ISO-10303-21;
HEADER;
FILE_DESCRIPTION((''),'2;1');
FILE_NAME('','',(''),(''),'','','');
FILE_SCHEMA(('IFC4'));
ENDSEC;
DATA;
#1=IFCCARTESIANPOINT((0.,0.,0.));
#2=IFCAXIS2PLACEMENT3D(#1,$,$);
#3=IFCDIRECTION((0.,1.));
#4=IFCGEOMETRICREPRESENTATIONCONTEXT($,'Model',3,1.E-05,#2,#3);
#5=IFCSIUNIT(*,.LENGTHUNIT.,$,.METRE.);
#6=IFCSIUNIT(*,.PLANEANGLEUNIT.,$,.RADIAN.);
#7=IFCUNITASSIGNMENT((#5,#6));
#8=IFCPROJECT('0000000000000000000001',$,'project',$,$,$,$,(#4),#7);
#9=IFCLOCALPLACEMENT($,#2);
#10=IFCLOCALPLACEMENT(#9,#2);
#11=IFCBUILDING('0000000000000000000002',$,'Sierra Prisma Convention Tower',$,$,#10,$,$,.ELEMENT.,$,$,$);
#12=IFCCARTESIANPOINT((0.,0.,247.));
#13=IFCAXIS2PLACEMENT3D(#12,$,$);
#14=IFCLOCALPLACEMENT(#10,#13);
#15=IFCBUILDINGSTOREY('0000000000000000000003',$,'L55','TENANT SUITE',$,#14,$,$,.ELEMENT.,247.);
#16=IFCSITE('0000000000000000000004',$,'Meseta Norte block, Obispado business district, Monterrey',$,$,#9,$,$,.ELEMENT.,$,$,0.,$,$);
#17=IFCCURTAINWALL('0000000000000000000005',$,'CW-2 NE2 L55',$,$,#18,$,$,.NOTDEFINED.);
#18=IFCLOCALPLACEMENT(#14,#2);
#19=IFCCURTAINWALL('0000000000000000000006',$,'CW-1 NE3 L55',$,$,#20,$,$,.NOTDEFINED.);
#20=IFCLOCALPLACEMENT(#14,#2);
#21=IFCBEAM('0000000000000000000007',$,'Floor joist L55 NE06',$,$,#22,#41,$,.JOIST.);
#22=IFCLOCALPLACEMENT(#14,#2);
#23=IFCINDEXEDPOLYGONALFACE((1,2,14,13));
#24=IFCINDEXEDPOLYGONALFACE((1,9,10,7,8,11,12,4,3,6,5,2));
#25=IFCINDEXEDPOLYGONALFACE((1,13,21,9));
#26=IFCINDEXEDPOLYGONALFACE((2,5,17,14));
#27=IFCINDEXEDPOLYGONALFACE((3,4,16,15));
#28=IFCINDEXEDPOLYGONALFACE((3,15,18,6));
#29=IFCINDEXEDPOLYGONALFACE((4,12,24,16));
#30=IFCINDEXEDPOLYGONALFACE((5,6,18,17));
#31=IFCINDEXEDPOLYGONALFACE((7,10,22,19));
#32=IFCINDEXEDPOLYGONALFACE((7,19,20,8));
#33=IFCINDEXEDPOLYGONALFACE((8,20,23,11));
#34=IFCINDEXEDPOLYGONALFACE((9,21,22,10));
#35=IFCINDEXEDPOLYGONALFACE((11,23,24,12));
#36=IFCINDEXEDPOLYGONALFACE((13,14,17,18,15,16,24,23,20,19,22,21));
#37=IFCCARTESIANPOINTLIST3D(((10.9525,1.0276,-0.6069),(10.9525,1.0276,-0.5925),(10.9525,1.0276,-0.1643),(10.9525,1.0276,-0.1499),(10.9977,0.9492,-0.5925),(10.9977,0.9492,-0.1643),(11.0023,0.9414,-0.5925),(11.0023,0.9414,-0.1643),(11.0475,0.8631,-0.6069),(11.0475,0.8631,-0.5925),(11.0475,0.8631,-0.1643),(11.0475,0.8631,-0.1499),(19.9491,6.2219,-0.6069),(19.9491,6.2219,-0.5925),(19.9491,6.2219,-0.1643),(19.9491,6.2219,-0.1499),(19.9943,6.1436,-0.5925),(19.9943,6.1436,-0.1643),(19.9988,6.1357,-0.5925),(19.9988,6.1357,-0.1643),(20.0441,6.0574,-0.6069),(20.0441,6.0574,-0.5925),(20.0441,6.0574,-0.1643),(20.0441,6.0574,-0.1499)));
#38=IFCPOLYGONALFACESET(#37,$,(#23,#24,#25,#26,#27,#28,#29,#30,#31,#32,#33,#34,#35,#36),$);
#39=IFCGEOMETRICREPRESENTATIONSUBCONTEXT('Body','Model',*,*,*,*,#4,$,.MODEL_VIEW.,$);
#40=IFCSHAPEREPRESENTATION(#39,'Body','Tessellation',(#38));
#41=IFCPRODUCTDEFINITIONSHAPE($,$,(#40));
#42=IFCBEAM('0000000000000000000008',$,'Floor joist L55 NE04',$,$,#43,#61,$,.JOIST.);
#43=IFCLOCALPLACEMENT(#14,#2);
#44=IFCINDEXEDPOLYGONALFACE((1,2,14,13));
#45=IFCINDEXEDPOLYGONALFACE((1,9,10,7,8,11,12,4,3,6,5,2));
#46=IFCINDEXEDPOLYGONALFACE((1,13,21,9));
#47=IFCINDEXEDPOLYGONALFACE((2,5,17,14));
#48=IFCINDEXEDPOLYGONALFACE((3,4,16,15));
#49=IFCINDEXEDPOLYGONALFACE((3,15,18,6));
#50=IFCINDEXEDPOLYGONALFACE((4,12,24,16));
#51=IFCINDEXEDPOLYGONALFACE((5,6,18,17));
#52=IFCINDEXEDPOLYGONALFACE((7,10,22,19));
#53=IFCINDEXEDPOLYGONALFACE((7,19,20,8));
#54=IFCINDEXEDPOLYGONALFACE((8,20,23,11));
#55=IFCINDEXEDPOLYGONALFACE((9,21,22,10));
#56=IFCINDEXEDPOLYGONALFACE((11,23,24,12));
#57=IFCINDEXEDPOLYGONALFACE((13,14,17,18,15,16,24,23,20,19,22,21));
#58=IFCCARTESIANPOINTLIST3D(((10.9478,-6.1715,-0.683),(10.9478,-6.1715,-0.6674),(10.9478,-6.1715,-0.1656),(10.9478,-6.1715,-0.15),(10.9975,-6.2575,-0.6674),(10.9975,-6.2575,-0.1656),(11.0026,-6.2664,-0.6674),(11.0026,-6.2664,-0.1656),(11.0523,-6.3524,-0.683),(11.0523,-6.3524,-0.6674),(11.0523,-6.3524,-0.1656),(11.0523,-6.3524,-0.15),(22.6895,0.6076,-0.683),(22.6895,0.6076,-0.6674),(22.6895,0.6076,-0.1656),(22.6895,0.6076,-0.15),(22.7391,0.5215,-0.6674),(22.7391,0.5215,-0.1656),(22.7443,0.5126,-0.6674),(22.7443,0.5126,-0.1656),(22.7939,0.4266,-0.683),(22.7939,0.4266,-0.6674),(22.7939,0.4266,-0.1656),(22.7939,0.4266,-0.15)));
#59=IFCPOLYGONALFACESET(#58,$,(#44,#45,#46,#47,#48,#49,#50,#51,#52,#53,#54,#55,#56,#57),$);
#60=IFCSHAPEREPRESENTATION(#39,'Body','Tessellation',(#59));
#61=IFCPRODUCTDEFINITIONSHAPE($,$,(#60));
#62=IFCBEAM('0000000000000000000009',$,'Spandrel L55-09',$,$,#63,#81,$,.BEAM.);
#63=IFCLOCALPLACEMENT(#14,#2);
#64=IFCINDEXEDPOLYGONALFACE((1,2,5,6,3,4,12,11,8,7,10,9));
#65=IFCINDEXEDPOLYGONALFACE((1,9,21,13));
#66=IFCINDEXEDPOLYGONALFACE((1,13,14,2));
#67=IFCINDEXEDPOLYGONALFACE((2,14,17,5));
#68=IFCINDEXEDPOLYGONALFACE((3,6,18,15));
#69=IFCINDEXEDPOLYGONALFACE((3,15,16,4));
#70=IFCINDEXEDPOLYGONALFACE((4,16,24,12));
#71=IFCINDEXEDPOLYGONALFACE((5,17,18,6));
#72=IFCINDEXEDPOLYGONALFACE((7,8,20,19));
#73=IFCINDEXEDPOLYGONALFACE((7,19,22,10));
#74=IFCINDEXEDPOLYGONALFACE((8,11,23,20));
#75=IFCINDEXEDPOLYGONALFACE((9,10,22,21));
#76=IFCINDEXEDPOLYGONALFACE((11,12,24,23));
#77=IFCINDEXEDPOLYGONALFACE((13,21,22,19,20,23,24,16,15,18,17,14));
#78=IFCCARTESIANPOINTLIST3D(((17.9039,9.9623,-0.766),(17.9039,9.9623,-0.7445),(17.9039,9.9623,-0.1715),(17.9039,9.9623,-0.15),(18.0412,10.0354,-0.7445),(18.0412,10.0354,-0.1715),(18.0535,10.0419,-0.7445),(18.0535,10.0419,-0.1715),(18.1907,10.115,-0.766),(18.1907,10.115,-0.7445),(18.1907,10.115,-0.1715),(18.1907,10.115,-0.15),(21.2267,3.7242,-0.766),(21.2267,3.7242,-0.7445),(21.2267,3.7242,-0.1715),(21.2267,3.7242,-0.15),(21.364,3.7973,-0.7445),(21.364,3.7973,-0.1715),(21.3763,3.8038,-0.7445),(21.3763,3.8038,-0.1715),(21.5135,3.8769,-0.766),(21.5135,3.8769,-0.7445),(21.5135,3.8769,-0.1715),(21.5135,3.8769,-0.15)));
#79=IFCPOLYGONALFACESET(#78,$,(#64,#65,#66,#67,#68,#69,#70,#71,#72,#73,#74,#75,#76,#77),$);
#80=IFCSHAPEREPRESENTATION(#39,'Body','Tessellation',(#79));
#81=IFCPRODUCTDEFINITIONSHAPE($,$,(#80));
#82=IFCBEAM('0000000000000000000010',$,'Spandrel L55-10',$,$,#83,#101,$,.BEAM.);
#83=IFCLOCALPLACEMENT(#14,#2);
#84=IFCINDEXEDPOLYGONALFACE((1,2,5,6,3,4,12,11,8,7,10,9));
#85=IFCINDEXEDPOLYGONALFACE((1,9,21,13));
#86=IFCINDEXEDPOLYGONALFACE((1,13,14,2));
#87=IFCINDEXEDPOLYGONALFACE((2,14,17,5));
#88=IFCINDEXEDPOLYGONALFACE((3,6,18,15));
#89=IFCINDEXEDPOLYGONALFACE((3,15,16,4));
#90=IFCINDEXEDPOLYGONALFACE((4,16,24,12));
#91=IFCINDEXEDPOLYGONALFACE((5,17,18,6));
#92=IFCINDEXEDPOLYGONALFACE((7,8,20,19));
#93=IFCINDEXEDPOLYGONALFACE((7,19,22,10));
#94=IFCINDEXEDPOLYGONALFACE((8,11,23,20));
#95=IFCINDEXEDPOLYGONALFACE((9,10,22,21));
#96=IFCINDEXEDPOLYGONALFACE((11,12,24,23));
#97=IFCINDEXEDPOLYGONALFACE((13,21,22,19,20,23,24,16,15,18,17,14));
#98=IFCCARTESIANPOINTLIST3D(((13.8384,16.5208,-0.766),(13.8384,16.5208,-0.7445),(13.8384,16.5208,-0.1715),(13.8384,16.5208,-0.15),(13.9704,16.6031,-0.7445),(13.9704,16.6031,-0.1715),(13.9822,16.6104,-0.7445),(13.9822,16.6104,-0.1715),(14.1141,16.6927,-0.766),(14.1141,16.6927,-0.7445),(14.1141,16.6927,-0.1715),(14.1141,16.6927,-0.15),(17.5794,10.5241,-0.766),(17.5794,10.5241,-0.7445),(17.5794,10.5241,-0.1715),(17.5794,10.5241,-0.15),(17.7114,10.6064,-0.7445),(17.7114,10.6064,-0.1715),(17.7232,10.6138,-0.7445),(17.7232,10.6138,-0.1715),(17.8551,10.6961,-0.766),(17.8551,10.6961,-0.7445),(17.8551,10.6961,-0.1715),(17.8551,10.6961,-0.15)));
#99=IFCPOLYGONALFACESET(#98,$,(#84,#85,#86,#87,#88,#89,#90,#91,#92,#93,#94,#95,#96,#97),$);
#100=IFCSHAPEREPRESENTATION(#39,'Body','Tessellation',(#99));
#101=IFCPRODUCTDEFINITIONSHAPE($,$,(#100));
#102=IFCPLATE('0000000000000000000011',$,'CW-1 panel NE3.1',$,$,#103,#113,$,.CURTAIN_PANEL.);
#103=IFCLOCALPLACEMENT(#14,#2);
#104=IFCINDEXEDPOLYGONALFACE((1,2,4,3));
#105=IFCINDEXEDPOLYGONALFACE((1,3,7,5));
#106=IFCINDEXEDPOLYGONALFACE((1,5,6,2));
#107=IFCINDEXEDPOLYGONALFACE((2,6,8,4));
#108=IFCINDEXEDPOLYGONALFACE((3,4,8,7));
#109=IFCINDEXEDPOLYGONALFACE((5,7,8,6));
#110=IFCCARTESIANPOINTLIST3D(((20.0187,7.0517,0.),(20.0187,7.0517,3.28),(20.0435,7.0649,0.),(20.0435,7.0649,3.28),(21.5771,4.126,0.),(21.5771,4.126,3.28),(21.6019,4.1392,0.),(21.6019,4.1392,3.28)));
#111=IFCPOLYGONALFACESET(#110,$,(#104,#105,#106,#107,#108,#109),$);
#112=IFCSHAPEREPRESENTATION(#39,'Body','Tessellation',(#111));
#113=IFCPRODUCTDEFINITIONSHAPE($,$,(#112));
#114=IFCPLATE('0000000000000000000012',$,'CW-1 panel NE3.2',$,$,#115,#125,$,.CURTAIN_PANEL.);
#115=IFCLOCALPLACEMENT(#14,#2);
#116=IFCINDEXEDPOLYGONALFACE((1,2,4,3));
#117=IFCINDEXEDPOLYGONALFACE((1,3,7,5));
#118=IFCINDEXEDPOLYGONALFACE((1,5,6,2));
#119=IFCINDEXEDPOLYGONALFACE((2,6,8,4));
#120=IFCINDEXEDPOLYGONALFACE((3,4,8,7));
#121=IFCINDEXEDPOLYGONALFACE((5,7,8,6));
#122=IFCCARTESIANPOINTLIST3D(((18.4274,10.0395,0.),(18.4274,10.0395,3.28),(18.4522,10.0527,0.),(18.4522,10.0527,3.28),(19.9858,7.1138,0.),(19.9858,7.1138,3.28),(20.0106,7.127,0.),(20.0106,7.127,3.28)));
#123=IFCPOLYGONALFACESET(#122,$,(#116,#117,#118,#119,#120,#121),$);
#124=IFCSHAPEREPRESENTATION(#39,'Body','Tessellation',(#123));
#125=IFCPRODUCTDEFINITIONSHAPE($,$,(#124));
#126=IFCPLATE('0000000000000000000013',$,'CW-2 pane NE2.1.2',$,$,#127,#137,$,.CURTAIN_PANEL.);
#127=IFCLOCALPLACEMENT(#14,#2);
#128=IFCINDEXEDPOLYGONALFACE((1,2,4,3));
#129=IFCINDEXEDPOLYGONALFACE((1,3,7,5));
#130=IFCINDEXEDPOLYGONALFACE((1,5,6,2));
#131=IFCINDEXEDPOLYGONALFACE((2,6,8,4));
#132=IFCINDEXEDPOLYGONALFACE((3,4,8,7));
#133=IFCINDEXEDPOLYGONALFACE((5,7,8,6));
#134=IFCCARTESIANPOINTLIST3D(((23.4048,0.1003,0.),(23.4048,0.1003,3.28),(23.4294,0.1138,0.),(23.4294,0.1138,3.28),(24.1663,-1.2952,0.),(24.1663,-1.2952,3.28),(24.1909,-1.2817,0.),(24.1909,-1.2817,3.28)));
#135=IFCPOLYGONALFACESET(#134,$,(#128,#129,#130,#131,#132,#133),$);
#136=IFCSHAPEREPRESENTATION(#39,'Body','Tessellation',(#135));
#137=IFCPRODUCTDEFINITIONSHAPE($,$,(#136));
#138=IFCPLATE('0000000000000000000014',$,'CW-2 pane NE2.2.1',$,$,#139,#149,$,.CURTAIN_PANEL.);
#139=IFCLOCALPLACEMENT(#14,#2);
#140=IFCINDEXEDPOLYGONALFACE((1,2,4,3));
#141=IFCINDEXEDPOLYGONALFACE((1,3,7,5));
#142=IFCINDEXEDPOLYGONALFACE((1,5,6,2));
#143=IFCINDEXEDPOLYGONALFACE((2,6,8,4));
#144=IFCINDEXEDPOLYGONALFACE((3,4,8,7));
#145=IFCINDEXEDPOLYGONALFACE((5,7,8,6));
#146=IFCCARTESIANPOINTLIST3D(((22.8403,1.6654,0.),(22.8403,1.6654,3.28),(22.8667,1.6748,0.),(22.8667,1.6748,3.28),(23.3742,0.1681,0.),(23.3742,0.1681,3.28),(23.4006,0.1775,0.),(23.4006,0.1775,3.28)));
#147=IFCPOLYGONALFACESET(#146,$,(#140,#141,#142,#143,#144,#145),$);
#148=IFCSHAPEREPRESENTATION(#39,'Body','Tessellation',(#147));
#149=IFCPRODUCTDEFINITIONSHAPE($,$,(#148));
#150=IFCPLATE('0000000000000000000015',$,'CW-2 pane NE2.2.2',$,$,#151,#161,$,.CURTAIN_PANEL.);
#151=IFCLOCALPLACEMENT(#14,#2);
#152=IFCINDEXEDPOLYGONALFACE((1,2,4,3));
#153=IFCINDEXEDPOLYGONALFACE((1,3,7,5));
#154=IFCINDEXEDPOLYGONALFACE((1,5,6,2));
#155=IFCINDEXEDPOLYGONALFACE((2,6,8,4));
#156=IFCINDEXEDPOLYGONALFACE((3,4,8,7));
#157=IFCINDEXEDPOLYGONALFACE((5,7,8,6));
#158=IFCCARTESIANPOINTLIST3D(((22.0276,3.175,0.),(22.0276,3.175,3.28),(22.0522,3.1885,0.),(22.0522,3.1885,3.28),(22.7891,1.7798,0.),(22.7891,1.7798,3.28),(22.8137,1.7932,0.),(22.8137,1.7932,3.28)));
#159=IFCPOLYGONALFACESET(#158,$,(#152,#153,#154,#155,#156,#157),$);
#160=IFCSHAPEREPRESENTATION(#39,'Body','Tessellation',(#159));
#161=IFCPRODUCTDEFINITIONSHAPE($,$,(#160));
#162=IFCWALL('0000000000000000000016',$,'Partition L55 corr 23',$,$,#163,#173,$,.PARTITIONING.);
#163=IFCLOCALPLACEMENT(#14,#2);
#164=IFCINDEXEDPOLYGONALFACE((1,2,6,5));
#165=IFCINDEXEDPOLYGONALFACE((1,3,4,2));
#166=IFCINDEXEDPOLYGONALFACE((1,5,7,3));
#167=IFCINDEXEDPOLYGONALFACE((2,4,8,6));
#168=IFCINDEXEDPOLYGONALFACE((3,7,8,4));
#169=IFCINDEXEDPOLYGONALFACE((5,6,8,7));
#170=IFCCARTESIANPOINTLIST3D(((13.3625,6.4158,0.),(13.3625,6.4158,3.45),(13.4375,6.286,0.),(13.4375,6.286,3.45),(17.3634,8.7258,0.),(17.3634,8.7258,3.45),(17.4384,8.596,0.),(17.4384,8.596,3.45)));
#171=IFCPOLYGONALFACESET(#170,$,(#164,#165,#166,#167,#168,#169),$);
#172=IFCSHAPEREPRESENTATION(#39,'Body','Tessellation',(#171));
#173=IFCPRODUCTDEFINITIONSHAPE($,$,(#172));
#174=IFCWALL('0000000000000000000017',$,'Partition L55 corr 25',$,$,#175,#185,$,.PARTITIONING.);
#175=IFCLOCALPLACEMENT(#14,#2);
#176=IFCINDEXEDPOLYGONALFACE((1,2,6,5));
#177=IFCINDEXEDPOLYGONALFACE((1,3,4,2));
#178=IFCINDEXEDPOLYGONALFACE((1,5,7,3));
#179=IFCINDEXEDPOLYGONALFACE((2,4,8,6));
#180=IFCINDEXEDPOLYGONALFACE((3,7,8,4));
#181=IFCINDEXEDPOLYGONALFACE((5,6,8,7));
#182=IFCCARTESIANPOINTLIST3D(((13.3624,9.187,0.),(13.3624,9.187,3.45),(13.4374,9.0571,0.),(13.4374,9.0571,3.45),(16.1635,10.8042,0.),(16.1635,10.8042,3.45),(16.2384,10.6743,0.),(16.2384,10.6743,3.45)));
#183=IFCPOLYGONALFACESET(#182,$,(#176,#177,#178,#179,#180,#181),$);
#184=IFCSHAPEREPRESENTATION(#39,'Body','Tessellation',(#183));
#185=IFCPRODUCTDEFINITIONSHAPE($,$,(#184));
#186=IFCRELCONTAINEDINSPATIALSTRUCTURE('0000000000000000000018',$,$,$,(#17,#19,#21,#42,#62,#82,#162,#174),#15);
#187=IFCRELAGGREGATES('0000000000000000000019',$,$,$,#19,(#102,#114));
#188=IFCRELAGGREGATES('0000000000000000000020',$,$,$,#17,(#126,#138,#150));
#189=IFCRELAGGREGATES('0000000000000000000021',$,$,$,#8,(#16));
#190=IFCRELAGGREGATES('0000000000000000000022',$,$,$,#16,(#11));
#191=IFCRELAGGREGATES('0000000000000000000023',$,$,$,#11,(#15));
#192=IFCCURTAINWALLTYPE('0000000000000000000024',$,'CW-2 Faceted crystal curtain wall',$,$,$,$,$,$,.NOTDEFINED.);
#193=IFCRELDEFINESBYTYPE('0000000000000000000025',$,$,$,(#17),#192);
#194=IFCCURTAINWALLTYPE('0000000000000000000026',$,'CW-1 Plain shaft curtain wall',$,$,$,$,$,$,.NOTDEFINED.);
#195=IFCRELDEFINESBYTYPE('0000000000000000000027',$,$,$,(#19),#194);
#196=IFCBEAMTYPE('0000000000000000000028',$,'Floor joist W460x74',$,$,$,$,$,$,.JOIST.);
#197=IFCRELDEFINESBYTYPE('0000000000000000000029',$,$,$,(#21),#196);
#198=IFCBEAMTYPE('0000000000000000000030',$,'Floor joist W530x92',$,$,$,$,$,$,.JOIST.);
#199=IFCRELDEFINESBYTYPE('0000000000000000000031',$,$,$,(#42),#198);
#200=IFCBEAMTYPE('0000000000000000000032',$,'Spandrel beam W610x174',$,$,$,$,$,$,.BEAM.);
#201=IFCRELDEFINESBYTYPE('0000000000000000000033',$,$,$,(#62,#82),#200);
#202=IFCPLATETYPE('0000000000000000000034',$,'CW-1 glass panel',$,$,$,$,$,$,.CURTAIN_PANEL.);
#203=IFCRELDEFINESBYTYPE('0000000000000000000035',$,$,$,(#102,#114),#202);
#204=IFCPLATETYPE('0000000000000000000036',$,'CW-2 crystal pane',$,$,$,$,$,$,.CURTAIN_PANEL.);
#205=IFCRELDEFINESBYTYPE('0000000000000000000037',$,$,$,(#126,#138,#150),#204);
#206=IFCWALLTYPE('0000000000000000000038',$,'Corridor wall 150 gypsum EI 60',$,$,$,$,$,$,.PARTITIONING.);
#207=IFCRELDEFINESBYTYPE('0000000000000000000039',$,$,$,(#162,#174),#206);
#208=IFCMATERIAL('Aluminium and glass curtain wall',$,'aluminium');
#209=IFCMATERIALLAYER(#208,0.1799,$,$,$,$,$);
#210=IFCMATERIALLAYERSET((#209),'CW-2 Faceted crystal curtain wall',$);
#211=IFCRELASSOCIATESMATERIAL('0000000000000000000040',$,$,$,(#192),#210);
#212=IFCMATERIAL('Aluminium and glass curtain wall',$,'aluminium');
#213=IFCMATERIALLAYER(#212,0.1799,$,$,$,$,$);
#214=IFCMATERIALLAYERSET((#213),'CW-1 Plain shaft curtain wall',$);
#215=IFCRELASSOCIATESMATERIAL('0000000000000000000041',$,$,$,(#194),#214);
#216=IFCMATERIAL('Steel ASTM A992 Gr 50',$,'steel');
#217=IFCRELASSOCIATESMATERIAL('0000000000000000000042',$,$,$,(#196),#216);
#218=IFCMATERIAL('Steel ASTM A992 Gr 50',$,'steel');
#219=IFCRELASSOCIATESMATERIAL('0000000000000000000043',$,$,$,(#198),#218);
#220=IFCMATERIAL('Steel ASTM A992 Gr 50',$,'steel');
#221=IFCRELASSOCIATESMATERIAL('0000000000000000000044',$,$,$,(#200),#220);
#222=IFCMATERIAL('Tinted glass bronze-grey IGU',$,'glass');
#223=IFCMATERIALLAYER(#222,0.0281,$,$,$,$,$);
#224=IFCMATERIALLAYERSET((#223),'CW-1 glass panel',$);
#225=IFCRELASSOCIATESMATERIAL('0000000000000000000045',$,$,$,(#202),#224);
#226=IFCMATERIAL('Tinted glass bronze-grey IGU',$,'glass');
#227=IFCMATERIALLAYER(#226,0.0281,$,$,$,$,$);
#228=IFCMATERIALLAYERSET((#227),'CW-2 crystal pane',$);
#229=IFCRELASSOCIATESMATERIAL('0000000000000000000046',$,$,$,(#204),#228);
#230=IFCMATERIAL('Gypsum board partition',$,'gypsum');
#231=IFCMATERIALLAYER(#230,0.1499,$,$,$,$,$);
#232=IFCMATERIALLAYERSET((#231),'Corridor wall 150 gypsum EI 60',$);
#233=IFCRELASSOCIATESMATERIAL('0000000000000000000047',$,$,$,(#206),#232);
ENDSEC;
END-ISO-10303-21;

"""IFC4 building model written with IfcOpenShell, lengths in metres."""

from ifc_helpers import new_model, si_unit, direction, frame, frame_2d, origin, origin_2d, place, context, subcontext, project, spatial, polyline, rectangle, i_section, outline, extrude, material, layer, layer_set, material_profile, profile_set, type_object, element, aggregate, save


model = new_model("IFC4")

# Units and contexts
model_context = context("Model", 3, precision=1e-05, world=origin(), true_north=direction((0.0, 1.0)))
body_context = subcontext(model_context, "Body", "Model", "MODEL_VIEW")
ifc_project = project(units=[si_unit("LENGTHUNIT", "METRE"), si_unit("PLANEANGLEUNIT", "RADIAN")], contexts=[model_context])

# Site, building, storey
site_placement = place(None, origin())
site = spatial("IfcSite", under=ifc_project, at=site_placement, Name="Meseta Norte block, Obispado business district, Monterrey", CompositionType="ELEMENT", RefElevation=0.0)
building_placement = place(site_placement, origin())
building = spatial("IfcBuilding", under=site, at=building_placement, Name="Sierra Prisma Convention Tower", CompositionType="ELEMENT")
storey_placement = place(building_placement, frame((0.0, 0.0, 247.0)))
storey = spatial("IfcBuildingStorey", under=building, at=storey_placement, Name="L55", Description="TENANT SUITE", CompositionType="ELEMENT", Elevation=247.0)

# Curtain walls
ifc_material_1 = material(Name="Aluminium and glass curtain wall", Category="aluminium")
ifc_layer_1 = layer(ifc_material_1, 0.1799)
ifc_layer_set_1 = layer_set([ifc_layer_1], Name="CW-2 Faceted crystal curtain wall")
curtain_wall_type_1 = type_object("IfcCurtainWallType", Name="CW-2 Faceted crystal curtain wall", PredefinedType="NOTDEFINED", material=ifc_layer_set_1)
curtain_wall_1_placement = place(storey_placement, origin())
curtain_wall_1 = element("IfcCurtainWall", 1, at=curtain_wall_1_placement, inside=storey, type_object=curtain_wall_type_1, Name="CW-2 NE2 L55", PredefinedType="NOTDEFINED")
ifc_material_2 = material(Name="Aluminium and glass curtain wall", Category="aluminium")
ifc_layer_2 = layer(ifc_material_2, 0.1799)
ifc_layer_set_2 = layer_set([ifc_layer_2], Name="CW-1 Plain shaft curtain wall")
curtain_wall_type_2 = type_object("IfcCurtainWallType", Name="CW-1 Plain shaft curtain wall", PredefinedType="NOTDEFINED", material=ifc_layer_set_2)
curtain_wall_2_placement = place(storey_placement, origin())
curtain_wall_2 = element("IfcCurtainWall", 2, at=curtain_wall_2_placement, inside=storey, type_object=curtain_wall_type_2, Name="CW-1 NE3 L55", PredefinedType="NOTDEFINED")

# Beams
ifc_material_3 = material(Name="Steel ASTM A992 Gr 50", Category="steel")
ifc_material_profile_1 = material_profile(ifc_material_3, i_section(OverallWidth=0.1899, OverallDepth=0.457, WebThickness=0.009, FlangeThickness=0.0144, at=origin_2d()), Name="W460x74")
ifc_profile_set_1 = profile_set([ifc_material_profile_1], Name="Steel ASTM A992 Gr 50")
beam_type_1 = type_object("IfcBeamType", Name="Floor joist W460x74", PredefinedType="JOIST", material=ifc_profile_set_1)
beam_1_placement = place(storey_placement, frame((19.9966, 6.1396, -0.3784), z_axis=(-0.866019, -0.500011, 0.0), x_axis=(0.500011, -0.866019, 0.0)))
element("IfcBeam", 3, at=beam_1_placement, inside=storey, type_object=beam_type_1, Name="Floor joist L55 NE06", PredefinedType="JOIST", context=body_context, shape_type="SweptSolid", body=[
    extrude(i_section(OverallWidth=0.1899, OverallDepth=0.457, WebThickness=0.009, FlangeThickness=0.0144, at=origin_2d()), origin(), (0.0, 0.0, 1.0), 10.3884),
])
ifc_material_4 = material(Name="Steel ASTM A992 Gr 50", Category="steel")
ifc_material_profile_2 = material_profile(ifc_material_4, i_section(OverallWidth=0.209, OverallDepth=0.533, WebThickness=0.0103, FlangeThickness=0.0156, at=origin_2d()), Name="W530x92")
ifc_profile_set_2 = profile_set([ifc_material_profile_2], Name="Steel ASTM A992 Gr 50")
beam_type_2 = type_object("IfcBeamType", Name="Floor joist W530x92", PredefinedType="JOIST", material=ifc_profile_set_2)
beam_2_placement = place(storey_placement, frame((22.7417, 0.5171, -0.4165), z_axis=(-0.866026, -0.499999, 0.0), x_axis=(0.499999, -0.866026, 0.0)))
element("IfcBeam", 4, at=beam_2_placement, inside=storey, type_object=beam_type_2, Name="Floor joist L55 NE04", PredefinedType="JOIST", context=body_context, shape_type="SweptSolid", body=[
    extrude(i_section(OverallWidth=0.209, OverallDepth=0.533, WebThickness=0.0103, FlangeThickness=0.0156, at=origin_2d()), origin(), (0.0, 0.0, 1.0), 13.5581),
])
ifc_material_5 = material(Name="Steel ASTM A992 Gr 50", Category="steel")
ifc_material_profile_3 = material_profile(ifc_material_5, i_section(OverallWidth=0.325, OverallDepth=0.616, WebThickness=0.0139, FlangeThickness=0.0215, at=origin_2d()), Name="W610x174")
ifc_profile_set_3 = profile_set([ifc_material_profile_3], Name="Steel ASTM A992 Gr 50")
beam_type_3 = type_object("IfcBeamType", Name="Spandrel beam W610x174", PredefinedType="BEAM", material=ifc_profile_set_3)
for number, where, z_axis, x_axis, name in (
    (5, (21.3701, 3.8005, -0.458), (-0.470126, 0.8826, 0.0), (-0.8826, -0.470126, 0.0), "Spandrel L55-09"),
    (6, (17.7173, 10.6101, -0.458), (-0.529297, 0.848437, 0.0), (-0.848437, -0.529297, 0.0), "Spandrel L55-10"),
):
    element("IfcBeam", number, at=place(storey_placement, frame(where, z_axis=z_axis, x_axis=x_axis)), inside=storey, type_object=beam_type_3, Name=name, PredefinedType="BEAM", context=body_context, shape_type="SweptSolid", body=[
        extrude(i_section(OverallWidth=0.325, OverallDepth=0.616, WebThickness=0.0139, FlangeThickness=0.0215, at=origin_2d()), origin(), (0.0, 0.0, 1.0), 7.0679),
    ])

# Plates
ifc_material_6 = material(Name="Tinted glass bronze-grey IGU", Category="glass")
ifc_layer_3 = layer(ifc_material_6, 0.0281)
ifc_layer_set_3 = layer_set([ifc_layer_3], Name="CW-1 glass panel")
plate_type_1 = type_object("IfcPlateType", Name="CW-1 glass panel", PredefinedType="CURTAIN_PANEL", material=ifc_layer_set_3)
plate_1_placement = place(storey_placement, frame((20.8103, 5.5955, 0.0), z_axis=(0.0, 0.0, 1.0), x_axis=(-0.470124, 0.8826, 0.0)))
plate_1 = element("IfcPlate", 7, at=plate_1_placement, type_object=plate_type_1, Name="CW-1 panel NE3.1", PredefinedType="CURTAIN_PANEL", context=body_context, shape_type="SweptSolid", body=[
    extrude(rectangle(XDim=3.3149, YDim=0.0281, at=origin_2d()), origin(), (0.0, 0.0, 1.0), 3.28),
])
plate_2_placement = place(storey_placement, frame((19.219, 8.5833, 0.0), z_axis=(0.0, 0.0, 1.0), x_axis=(-0.470124, 0.8826, 0.0)))
plate_2 = element("IfcPlate", 8, at=plate_2_placement, type_object=plate_type_1, Name="CW-1 panel NE3.2", PredefinedType="CURTAIN_PANEL", context=body_context, shape_type="SweptSolid", body=[
    extrude(rectangle(XDim=3.3149, YDim=0.0281, at=origin_2d()), origin(), (0.0, 0.0, 1.0), 3.28),
])
aggregate(curtain_wall_2, [plate_1, plate_2])
ifc_material_7 = material(Name="Tinted glass bronze-grey IGU", Category="glass")
ifc_layer_4 = layer(ifc_material_7, 0.0281)
ifc_layer_set_4 = layer_set([ifc_layer_4], Name="CW-2 crystal pane")
plate_type_2 = type_object("IfcPlateType", Name="CW-2 crystal pane", PredefinedType="CURTAIN_PANEL", material=ifc_layer_set_4)
plate_3_placement = place(storey_placement, frame((23.4294, 0.1138, 0.0), z_axis=(0.877819, 0.478992, 0.0), x_axis=(0.478992, -0.877819, 0.0)))
plate_3 = element("IfcPlate", 9, at=plate_3_placement, type_object=plate_type_2, Name="CW-2 pane NE2.1.2", PredefinedType="CURTAIN_PANEL", context=body_context, shape_type="SweptSolid", body=[
    extrude(outline(polyline([(0.0, 0.0), (1.5897, 0.0), (1.5897, -3.28), (0.0, -3.28), (0.0, 0.0)])), origin(), (0.0, 0.0, -1.0), 0.0281),
])
plate_4_placement = place(storey_placement, frame((23.4006, 0.1775, 0.0), z_axis=(0.941905, 0.335879, 0.0), x_axis=(-0.335879, 0.941905, 0.0)))
plate_4 = element("IfcPlate", 10, at=plate_4_placement, type_object=plate_type_2, Name="CW-2 pane NE2.2.1", PredefinedType="CURTAIN_PANEL", context=body_context, shape_type="SweptSolid", body=[
    extrude(outline(polyline([(0.0, 0.0), (1.5897, 0.0), (1.5897, 3.28), (0.0, 3.28), (0.0, 0.0)])), origin(), (0.0, 0.0, -1.0), 0.0281),
])
plate_5_placement = place(storey_placement, frame((22.0522, 3.1885, 0.0), z_axis=(0.877784, 0.479057, 0.0), x_axis=(0.479057, -0.877784, 0.0)))
plate_5 = element("IfcPlate", 11, at=plate_5_placement, type_object=plate_type_2, Name="CW-2 pane NE2.2.2", PredefinedType="CURTAIN_PANEL", context=body_context, shape_type="SweptSolid", body=[
    extrude(outline(polyline([(0.0, 0.0), (1.5895, 0.0), (1.5895, -3.28), (0.0, -3.28), (0.0, 0.0)])), origin(), (0.0, 0.0, -1.0), 0.0281),
])
aggregate(curtain_wall_1, [plate_3, plate_4, plate_5])

# Walls
ifc_material_8 = material(Name="Gypsum board partition", Category="gypsum")
ifc_layer_5 = layer(ifc_material_8, 0.1499)
ifc_layer_set_5 = layer_set([ifc_layer_5], Name="Corridor wall 150 gypsum EI 60")
wall_type_1 = type_object("IfcWallType", Name="Corridor wall 150 gypsum EI 60", PredefinedType="PARTITIONING", material=ifc_layer_set_5)
wall_1_placement = place(storey_placement, frame((13.3999, 6.3508, 0.0), z_axis=(0.0, 0.0, 1.0), x_axis=(0.866017, 0.500015, 0.0)))
element("IfcWall", 12, at=wall_1_placement, inside=storey, type_object=wall_type_1, Name="Partition L55 corr 23", PredefinedType="PARTITIONING", context=body_context, shape_type="SweptSolid", body=[
    extrude(rectangle(XDim=4.6199, YDim=0.1499, at=frame_2d((2.3101, 0.0))), origin(), (0.0, 0.0, 1.0), 3.45),
])
wall_2_placement = place(storey_placement, frame((16.2009, 10.7393, 0.0), z_axis=(0.0, 0.0, 1.0), x_axis=(-0.866023, -0.500003, 0.0)))
element("IfcWall", 13, at=wall_2_placement, inside=storey, type_object=wall_type_1, Name="Partition L55 corr 25", PredefinedType="PARTITIONING", context=body_context, shape_type="SweptSolid", body=[
    extrude(rectangle(XDim=3.2344, YDim=0.1499, at=frame_2d((1.6172, 0.0))), origin(), (0.0, 0.0, 1.0), 3.45),
])

save(model, "model.ifc")
